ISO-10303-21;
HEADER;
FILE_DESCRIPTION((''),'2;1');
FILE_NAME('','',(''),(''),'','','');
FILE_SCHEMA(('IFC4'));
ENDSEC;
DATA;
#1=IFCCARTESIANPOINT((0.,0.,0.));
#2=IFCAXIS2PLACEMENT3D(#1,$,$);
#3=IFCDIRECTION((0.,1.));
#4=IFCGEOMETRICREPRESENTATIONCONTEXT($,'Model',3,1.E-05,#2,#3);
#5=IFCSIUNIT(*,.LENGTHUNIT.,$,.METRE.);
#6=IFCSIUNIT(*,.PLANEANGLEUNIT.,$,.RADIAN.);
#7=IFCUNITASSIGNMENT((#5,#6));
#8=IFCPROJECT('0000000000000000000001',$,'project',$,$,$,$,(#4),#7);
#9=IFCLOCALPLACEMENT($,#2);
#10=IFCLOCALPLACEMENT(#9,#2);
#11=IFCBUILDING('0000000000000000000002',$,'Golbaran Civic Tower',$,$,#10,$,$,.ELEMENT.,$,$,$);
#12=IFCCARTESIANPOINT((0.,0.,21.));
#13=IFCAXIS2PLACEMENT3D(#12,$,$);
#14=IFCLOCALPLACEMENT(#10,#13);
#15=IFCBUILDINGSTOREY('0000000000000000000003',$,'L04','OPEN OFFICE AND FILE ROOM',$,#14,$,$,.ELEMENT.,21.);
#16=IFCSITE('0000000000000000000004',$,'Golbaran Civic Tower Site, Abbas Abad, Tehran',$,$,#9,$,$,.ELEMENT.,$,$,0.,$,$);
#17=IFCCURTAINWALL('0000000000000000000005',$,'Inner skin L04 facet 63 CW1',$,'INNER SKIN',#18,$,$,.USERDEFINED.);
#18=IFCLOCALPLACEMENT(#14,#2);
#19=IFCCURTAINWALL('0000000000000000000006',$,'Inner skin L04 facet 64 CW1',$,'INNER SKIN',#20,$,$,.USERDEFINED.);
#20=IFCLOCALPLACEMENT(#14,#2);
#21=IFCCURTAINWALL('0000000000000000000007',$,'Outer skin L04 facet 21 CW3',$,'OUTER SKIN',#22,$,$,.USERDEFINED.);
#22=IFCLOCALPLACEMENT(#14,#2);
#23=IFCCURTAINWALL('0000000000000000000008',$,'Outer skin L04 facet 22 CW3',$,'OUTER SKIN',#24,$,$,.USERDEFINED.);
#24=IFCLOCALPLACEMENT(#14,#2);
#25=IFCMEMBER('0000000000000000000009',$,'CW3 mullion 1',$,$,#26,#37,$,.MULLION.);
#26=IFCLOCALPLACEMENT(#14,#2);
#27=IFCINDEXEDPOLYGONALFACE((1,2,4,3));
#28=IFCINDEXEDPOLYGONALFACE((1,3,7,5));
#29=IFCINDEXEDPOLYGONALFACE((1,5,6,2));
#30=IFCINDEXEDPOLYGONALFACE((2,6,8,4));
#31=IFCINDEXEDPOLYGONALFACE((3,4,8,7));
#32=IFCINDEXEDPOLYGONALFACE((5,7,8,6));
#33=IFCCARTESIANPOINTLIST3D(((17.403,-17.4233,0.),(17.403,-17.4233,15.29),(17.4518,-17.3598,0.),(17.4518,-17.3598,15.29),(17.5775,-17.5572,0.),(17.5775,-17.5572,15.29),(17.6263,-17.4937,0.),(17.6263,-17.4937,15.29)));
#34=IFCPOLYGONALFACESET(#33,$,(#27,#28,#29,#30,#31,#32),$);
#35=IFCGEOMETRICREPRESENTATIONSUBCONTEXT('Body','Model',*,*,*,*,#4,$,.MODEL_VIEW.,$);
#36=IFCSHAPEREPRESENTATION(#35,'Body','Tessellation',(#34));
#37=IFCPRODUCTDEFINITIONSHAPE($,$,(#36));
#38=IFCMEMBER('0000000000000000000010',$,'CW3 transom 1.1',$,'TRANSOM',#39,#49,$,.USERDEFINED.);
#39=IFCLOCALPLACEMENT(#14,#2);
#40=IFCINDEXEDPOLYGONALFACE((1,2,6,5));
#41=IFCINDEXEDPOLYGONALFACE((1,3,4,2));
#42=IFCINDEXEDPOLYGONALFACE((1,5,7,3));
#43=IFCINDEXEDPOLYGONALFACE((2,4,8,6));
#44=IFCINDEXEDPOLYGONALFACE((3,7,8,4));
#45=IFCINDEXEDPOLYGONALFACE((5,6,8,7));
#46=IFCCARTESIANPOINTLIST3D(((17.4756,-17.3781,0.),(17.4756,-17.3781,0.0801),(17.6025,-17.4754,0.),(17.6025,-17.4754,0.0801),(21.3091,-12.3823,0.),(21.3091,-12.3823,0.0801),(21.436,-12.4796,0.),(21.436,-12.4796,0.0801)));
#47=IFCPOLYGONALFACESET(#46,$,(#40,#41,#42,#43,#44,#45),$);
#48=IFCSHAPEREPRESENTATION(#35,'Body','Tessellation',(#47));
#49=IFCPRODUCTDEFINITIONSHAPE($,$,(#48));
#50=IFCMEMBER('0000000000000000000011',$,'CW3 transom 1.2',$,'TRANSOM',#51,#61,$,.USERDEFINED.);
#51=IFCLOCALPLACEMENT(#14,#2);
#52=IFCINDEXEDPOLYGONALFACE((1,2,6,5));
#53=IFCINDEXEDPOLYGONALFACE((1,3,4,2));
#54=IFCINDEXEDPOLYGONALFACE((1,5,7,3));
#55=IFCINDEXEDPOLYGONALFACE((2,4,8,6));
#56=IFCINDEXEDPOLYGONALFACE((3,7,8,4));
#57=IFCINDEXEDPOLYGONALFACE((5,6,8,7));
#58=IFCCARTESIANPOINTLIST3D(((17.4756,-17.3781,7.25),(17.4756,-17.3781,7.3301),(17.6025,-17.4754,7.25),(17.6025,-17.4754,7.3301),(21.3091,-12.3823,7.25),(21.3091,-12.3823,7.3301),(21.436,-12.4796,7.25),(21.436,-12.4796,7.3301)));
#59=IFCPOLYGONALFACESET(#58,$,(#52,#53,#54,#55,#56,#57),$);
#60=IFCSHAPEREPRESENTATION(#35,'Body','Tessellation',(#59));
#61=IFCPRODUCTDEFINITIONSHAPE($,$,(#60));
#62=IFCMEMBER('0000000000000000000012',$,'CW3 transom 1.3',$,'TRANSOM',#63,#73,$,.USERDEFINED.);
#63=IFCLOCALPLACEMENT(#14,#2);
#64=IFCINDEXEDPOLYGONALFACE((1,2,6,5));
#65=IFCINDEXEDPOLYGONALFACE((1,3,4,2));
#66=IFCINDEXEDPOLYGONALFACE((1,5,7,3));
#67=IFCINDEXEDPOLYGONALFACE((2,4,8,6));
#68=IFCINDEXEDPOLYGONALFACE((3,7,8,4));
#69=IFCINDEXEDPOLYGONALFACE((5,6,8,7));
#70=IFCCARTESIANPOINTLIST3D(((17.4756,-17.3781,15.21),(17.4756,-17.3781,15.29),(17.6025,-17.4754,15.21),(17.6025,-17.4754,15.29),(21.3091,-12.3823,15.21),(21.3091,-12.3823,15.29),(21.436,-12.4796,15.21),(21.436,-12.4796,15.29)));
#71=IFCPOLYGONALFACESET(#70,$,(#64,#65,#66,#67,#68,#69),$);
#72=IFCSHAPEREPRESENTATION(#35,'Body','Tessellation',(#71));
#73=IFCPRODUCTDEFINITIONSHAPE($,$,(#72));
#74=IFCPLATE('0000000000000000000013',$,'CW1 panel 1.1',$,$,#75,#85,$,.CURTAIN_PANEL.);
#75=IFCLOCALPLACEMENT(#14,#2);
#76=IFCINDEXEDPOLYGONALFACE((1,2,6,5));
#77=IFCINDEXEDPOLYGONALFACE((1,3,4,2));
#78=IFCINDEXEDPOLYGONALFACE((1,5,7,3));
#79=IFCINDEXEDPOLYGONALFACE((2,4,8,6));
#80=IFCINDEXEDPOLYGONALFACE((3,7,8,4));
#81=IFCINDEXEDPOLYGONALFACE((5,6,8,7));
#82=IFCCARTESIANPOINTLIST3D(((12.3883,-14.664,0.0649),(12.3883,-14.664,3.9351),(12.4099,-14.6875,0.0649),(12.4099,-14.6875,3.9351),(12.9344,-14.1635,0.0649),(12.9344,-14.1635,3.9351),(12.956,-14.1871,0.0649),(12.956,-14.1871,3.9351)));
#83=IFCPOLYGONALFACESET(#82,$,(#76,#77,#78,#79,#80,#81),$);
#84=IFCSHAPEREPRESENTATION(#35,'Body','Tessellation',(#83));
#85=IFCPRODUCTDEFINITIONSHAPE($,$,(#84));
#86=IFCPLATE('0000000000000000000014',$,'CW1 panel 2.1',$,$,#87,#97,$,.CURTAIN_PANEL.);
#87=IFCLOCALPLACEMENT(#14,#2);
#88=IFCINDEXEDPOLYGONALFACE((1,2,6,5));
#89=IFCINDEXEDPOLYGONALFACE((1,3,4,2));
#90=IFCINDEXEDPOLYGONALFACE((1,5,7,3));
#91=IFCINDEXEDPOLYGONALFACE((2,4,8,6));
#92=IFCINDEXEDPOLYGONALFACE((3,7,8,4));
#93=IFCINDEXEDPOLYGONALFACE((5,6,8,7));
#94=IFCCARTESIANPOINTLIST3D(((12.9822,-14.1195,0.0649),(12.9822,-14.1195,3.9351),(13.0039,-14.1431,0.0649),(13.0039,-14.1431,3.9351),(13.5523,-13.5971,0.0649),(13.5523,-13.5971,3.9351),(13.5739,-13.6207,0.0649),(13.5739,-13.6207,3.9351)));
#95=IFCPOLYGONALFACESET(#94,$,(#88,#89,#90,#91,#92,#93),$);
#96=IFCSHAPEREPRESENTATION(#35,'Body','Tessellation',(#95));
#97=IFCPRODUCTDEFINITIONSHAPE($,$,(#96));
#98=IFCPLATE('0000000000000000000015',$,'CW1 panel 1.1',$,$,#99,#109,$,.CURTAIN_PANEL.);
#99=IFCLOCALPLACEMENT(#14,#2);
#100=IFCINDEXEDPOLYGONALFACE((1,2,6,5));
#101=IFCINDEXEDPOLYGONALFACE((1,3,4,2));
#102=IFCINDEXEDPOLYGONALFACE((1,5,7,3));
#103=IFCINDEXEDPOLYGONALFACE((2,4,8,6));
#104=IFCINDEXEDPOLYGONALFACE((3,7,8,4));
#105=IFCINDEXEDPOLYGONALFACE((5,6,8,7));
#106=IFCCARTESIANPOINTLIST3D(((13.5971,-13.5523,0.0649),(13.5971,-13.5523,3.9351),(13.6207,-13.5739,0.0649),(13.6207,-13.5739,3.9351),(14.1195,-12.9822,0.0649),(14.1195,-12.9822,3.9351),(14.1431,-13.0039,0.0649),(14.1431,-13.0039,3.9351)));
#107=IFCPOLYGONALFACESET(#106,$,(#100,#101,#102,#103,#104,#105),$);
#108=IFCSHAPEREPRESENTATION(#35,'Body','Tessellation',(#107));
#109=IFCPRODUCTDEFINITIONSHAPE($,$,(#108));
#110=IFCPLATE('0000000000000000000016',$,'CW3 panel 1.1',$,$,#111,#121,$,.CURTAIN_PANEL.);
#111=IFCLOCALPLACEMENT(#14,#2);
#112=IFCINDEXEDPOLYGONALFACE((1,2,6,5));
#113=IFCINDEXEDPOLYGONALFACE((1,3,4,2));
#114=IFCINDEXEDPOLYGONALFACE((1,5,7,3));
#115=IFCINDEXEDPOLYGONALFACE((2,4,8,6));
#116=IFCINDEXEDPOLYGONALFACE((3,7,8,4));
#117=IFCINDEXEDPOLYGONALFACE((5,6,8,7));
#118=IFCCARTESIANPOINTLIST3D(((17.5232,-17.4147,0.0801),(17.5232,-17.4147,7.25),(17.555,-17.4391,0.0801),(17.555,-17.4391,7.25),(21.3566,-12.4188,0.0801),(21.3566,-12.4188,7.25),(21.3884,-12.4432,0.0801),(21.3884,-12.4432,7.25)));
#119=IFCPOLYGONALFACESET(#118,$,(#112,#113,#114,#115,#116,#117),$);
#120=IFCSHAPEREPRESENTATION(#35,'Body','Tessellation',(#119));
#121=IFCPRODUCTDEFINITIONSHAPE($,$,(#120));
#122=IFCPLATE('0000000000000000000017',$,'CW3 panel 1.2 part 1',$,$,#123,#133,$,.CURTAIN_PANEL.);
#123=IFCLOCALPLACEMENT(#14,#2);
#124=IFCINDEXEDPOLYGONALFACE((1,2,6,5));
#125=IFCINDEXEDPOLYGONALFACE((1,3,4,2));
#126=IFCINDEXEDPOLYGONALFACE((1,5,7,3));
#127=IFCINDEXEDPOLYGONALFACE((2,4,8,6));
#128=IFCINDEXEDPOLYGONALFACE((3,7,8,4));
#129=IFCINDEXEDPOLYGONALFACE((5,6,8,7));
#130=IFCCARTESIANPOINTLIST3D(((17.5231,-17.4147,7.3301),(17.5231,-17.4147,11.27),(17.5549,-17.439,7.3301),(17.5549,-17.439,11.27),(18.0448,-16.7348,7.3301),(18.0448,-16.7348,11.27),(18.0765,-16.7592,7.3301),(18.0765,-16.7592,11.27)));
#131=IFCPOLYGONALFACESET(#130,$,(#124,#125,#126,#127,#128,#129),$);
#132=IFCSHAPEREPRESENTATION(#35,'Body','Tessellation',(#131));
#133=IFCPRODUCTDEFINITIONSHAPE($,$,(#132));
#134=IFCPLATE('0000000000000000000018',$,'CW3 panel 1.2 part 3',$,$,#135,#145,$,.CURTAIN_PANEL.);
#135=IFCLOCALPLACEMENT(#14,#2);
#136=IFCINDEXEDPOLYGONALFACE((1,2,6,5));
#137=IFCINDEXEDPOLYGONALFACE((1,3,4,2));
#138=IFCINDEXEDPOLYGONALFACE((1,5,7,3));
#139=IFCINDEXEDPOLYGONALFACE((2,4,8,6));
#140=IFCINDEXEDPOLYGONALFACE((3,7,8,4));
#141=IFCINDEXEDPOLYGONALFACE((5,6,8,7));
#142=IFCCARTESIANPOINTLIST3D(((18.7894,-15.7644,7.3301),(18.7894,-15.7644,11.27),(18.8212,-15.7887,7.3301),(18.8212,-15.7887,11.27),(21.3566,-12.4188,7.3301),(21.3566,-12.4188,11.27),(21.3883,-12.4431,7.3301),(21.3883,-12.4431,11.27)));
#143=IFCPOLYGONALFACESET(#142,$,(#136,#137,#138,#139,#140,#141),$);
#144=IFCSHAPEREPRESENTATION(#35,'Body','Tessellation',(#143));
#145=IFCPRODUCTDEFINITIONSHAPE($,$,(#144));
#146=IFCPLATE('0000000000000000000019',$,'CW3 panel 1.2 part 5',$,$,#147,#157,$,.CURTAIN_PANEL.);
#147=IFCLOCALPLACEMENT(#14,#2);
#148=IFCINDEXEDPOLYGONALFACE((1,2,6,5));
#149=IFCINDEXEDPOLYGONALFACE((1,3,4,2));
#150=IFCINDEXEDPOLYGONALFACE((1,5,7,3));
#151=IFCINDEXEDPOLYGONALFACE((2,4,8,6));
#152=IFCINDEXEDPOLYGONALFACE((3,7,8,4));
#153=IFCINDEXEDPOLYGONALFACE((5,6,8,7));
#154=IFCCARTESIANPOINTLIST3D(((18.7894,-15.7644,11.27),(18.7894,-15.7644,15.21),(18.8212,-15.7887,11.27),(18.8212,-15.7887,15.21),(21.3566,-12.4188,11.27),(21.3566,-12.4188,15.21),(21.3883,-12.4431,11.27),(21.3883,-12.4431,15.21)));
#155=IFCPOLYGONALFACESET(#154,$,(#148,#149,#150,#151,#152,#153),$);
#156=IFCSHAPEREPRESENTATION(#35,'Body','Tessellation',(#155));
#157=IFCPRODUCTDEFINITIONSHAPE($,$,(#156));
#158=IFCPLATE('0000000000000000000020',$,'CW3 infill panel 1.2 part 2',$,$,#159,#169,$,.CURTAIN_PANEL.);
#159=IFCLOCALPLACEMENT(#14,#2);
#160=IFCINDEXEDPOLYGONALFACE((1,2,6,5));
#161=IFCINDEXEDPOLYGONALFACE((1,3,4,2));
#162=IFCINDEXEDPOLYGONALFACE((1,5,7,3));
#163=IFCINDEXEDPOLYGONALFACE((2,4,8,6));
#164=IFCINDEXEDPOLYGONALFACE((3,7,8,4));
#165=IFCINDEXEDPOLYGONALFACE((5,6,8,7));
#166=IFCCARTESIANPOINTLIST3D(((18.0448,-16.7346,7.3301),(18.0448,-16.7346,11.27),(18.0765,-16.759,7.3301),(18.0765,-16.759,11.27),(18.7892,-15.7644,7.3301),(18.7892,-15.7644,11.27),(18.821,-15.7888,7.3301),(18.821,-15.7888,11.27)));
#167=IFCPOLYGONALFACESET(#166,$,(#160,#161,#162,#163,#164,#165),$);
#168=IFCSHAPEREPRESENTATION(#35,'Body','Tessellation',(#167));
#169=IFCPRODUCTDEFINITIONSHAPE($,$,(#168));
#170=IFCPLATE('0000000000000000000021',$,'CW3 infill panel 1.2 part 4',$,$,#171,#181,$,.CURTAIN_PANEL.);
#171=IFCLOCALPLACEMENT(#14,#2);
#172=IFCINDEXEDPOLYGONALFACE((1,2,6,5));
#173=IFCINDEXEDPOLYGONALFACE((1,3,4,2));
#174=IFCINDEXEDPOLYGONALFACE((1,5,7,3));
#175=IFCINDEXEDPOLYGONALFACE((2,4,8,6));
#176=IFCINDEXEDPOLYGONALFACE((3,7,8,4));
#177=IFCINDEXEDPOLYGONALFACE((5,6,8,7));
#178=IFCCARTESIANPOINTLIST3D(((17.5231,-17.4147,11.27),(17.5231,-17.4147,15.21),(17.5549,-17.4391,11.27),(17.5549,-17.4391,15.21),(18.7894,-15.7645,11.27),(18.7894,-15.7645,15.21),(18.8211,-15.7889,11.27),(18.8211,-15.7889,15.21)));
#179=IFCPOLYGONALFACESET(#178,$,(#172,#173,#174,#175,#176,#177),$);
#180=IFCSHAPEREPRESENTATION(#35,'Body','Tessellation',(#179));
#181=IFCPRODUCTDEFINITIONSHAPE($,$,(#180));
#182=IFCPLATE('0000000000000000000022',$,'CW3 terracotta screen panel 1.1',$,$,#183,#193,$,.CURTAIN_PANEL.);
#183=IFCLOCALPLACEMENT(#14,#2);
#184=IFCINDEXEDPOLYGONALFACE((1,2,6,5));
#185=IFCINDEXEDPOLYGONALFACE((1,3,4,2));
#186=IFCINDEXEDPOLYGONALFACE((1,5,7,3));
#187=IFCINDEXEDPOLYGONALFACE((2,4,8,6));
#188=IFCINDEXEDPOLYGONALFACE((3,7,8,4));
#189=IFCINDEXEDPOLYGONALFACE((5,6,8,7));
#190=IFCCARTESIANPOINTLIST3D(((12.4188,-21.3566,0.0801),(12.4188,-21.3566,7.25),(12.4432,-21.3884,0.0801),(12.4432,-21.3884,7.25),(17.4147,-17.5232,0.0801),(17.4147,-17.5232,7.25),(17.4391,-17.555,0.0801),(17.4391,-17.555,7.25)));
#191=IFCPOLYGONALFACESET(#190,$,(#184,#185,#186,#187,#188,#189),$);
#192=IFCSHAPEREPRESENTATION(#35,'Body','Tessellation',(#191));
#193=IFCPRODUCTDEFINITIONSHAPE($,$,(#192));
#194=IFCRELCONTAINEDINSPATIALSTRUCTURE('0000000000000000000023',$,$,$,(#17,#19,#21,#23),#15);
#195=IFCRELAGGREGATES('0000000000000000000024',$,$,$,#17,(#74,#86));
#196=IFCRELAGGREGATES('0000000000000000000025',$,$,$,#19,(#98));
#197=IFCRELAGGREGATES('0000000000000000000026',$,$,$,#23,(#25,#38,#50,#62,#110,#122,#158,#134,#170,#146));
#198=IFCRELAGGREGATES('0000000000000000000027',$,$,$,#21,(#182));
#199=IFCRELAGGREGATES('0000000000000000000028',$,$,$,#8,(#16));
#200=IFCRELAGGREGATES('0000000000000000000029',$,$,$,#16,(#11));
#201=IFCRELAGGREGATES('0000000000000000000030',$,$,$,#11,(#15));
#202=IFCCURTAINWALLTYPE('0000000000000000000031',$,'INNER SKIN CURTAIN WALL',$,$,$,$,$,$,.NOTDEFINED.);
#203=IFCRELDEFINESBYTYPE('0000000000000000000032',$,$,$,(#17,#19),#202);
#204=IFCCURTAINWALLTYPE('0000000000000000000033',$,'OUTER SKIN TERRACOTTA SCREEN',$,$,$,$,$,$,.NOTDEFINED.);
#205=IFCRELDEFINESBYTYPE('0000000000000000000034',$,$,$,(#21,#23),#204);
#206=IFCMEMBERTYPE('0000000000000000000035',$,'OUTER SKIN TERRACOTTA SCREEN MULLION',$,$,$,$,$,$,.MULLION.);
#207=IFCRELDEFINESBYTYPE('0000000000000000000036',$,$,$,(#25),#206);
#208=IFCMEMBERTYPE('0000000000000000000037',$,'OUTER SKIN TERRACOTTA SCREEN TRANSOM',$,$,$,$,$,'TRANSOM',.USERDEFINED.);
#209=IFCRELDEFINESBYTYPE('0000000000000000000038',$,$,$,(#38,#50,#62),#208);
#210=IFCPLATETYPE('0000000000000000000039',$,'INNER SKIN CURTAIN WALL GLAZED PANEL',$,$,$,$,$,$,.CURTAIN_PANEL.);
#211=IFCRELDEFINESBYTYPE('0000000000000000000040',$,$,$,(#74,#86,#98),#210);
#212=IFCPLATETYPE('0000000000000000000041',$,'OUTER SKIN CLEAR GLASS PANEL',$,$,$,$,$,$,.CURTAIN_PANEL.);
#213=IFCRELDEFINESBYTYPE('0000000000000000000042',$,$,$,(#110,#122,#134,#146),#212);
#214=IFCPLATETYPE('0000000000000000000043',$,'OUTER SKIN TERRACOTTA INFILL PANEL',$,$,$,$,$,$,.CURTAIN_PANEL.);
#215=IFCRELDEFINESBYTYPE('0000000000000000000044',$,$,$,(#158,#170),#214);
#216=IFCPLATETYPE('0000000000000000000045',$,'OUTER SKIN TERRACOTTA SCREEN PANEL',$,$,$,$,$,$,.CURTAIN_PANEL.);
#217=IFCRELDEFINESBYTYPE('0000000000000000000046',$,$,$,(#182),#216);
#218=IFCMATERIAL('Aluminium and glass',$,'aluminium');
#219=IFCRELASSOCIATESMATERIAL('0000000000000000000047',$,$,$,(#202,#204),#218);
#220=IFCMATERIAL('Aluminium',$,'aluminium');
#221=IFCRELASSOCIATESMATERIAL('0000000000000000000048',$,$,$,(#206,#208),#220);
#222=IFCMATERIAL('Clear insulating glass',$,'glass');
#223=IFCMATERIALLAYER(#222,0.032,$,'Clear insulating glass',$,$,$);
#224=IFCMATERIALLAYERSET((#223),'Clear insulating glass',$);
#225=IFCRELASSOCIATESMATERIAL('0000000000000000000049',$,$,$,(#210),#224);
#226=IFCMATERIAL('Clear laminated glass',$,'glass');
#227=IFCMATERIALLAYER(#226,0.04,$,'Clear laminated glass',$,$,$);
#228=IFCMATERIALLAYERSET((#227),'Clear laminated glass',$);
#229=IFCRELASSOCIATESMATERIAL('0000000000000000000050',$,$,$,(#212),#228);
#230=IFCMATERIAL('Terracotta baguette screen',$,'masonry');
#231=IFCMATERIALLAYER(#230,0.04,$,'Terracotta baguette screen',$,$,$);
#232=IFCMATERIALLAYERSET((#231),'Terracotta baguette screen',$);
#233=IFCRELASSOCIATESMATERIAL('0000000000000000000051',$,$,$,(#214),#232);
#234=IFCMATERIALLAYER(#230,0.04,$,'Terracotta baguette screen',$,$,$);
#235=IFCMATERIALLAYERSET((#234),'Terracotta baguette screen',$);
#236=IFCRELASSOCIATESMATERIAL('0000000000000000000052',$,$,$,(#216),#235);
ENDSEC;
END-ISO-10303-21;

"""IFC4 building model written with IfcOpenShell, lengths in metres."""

from ifc_helpers import new_model, si_unit, direction, frame, origin, origin_2d, place, context, subcontext, project, spatial, rectangle, extrude, material, layer, layer_set, material_profile, profile_set, type_object, element, aggregate, save


model = new_model("IFC4")

# Units and contexts
model_context = context("Model", 3, precision=1e-05, world=origin(), true_north=direction((0.0, 1.0)))
body_context = subcontext(model_context, "Body", "Model", "MODEL_VIEW")
ifc_project = project(units=[si_unit("LENGTHUNIT", "METRE"), si_unit("PLANEANGLEUNIT", "RADIAN")], contexts=[model_context])

# Site, building, storey
site_placement = place(None, origin())
site = spatial("IfcSite", under=ifc_project, at=site_placement, Name="Golbaran Civic Tower Site, Abbas Abad, Tehran", CompositionType="ELEMENT", RefElevation=0.0)
building_placement = place(site_placement, origin())
building = spatial("IfcBuilding", under=site, at=building_placement, Name="Golbaran Civic Tower", CompositionType="ELEMENT")
storey_placement = place(building_placement, frame((0.0, 0.0, 21.0)))
storey = spatial("IfcBuildingStorey", under=building, at=storey_placement, Name="L04", Description="OPEN OFFICE AND FILE ROOM", CompositionType="ELEMENT", Elevation=21.0)

# Shared definitions
ifc_material_1 = material(Name="Aluminium and glass", Category="aluminium")
curtain_wall_type_1 = type_object("IfcCurtainWallType", Name="INNER SKIN CURTAIN WALL", PredefinedType="NOTDEFINED", material=ifc_material_1)
ifc_material_2 = material(Name="Aluminium", Category="aluminium")

# Curtain wall
curtain_wall_1_placement = place(storey_placement, origin())
curtain_wall_1 = element("IfcCurtainWall", 1, at=curtain_wall_1_placement, inside=storey, type_object=curtain_wall_type_1, Name="Inner skin L04 facet 63 CW1", ObjectType="INNER SKIN", PredefinedType="USERDEFINED")

# Curtain wall
curtain_wall_2_placement = place(storey_placement, origin())
curtain_wall_2 = element("IfcCurtainWall", 2, at=curtain_wall_2_placement, inside=storey, type_object=curtain_wall_type_1, Name="Inner skin L04 facet 64 CW1", ObjectType="INNER SKIN", PredefinedType="USERDEFINED")

# Curtain wall
curtain_wall_type_2 = type_object("IfcCurtainWallType", Name="OUTER SKIN TERRACOTTA SCREEN", PredefinedType="NOTDEFINED", material=ifc_material_1)
curtain_wall_3_placement = place(storey_placement, origin())
curtain_wall_3 = element("IfcCurtainWall", 3, at=curtain_wall_3_placement, inside=storey, type_object=curtain_wall_type_2, Name="Outer skin L04 facet 21 CW3", ObjectType="OUTER SKIN", PredefinedType="USERDEFINED")
ifc_material_profile_1 = material_profile(ifc_material_2, rectangle(XDim=0.22, YDim=0.0801, at=origin_2d()), Name="OUTER SKIN TERRACOTTA SCREEN MULLION")
ifc_profile_set_1 = profile_set([ifc_material_profile_1], Name="Aluminium")
member_type_1 = type_object("IfcMemberType", Name="OUTER SKIN TERRACOTTA SCREEN MULLION", PredefinedType="MULLION", material=ifc_profile_set_1)

# Curtain wall, members
curtain_wall_4_placement = place(storey_placement, origin())
curtain_wall_4 = element("IfcCurtainWall", 4, at=curtain_wall_4_placement, inside=storey, type_object=curtain_wall_type_2, Name="Outer skin L04 facet 22 CW3", ObjectType="OUTER SKIN", PredefinedType="USERDEFINED")
member_1_placement = place(storey_placement, frame((17.5146, -17.4585, 0.0), z_axis=(0.0, 0.0, 1.0), x_axis=(-0.793353, 0.608761, 0.0)))
member_1 = element("IfcMember", 5, at=member_1_placement, type_object=member_type_1, Name="CW3 mullion 1", PredefinedType="MULLION", context=body_context, shape_type="SweptSolid", body=[
    extrude(rectangle(XDim=0.22, YDim=0.0801, at=origin_2d()), origin(), (0.0, 0.0, 1.0), 15.29),
])
ifc_material_profile_2 = material_profile(ifc_material_2, rectangle(XDim=0.1599, YDim=0.0801, at=origin_2d()), Name="OUTER SKIN TERRACOTTA SCREEN TRANSOM")
ifc_profile_set_2 = profile_set([ifc_material_profile_2], Name="Aluminium")
member_type_2 = type_object("IfcMemberType", Name="OUTER SKIN TERRACOTTA SCREEN TRANSOM", ElementType="TRANSOM", PredefinedType="USERDEFINED", material=ifc_profile_set_2)
member_2_placement = place(storey_placement, frame((17.5391, -17.4268, 0.04), z_axis=(0.608766, 0.79335, 0.0), x_axis=(-0.79335, 0.608766, 0.0)))
member_2 = element("IfcMember", 6, at=member_2_placement, type_object=member_type_2, Name="CW3 transom 1.1", ObjectType="TRANSOM", PredefinedType="USERDEFINED", context=body_context, shape_type="SweptSolid", body=[
    extrude(rectangle(XDim=0.1599, YDim=0.0801, at=origin_2d()), origin(), (0.0, 0.0, 1.0), 6.2971),
])
member_3_placement = place(storey_placement, frame((17.5391, -17.4268, 7.29), z_axis=(0.608766, 0.79335, 0.0), x_axis=(-0.79335, 0.608766, 0.0)))
member_3 = element("IfcMember", 7, at=member_3_placement, type_object=member_type_2, Name="CW3 transom 1.2", ObjectType="TRANSOM", PredefinedType="USERDEFINED", context=body_context, shape_type="SweptSolid", body=[
    extrude(rectangle(XDim=0.1599, YDim=0.0801, at=origin_2d()), origin(), (0.0, 0.0, 1.0), 6.2971),
])
member_4_placement = place(storey_placement, frame((17.5391, -17.4268, 15.25), z_axis=(0.608766, 0.79335, 0.0), x_axis=(-0.79335, 0.608766, 0.0)))
member_4 = element("IfcMember", 8, at=member_4_placement, type_object=member_type_2, Name="CW3 transom 1.3", ObjectType="TRANSOM", PredefinedType="USERDEFINED", context=body_context, shape_type="SweptSolid", body=[
    extrude(rectangle(XDim=0.1599, YDim=0.0801, at=origin_2d()), origin(), (0.0, 0.0, 1.0), 6.2971),
])

# Plates
ifc_material_3 = material(Name="Clear insulating glass", Category="glass")
ifc_layer_1 = layer(ifc_material_3, 0.032, Name="Clear insulating glass")
ifc_layer_set_1 = layer_set([ifc_layer_1], Name="Clear insulating glass")
plate_type_1 = type_object("IfcPlateType", Name="INNER SKIN CURTAIN WALL GLAZED PANEL", PredefinedType="CURTAIN_PANEL", material=ifc_layer_set_1)
plate_1_placement = place(storey_placement, frame((12.6721, -14.4255, 0.0649), z_axis=(0.0, 0.0, 1.0), x_axis=(0.737277, 0.67559, 0.0)))
plate_1 = element("IfcPlate", 9, at=plate_1_placement, type_object=plate_type_1, Name="CW1 panel 1.1", PredefinedType="CURTAIN_PANEL", context=body_context, shape_type="SweptSolid", body=[
    extrude(rectangle(XDim=0.7407, YDim=0.032, at=origin_2d()), origin(), (0.0, 0.0, 1.0), 3.8701),
])
plate_2_placement = place(storey_placement, frame((13.2781, -13.8701, 0.0649), z_axis=(0.0, 0.0, 1.0), x_axis=(0.737277, 0.67559, 0.0)))
plate_2 = element("IfcPlate", 10, at=plate_2_placement, type_object=plate_type_1, Name="CW1 panel 2.1", PredefinedType="CURTAIN_PANEL", context=body_context, shape_type="SweptSolid", body=[
    extrude(rectangle(XDim=0.7732, YDim=0.032, at=origin_2d()), origin(), (0.0, 0.0, 1.0), 3.8701),
])
aggregate(curtain_wall_1, [plate_1, plate_2])
plate_3_placement = place(storey_placement, frame((13.8701, -13.2781, 0.0649), z_axis=(0.0, 0.0, 1.0), x_axis=(0.67559, 0.737277, 0.0)))
plate_3 = element("IfcPlate", 11, at=plate_3_placement, type_object=plate_type_1, Name="CW1 panel 1.1", PredefinedType="CURTAIN_PANEL", context=body_context, shape_type="SweptSolid", body=[
    extrude(rectangle(XDim=0.7732, YDim=0.032, at=origin_2d()), origin(), (0.0, 0.0, 1.0), 3.8701),
])
aggregate(curtain_wall_2, [plate_3])
ifc_material_4 = material(Name="Clear laminated glass", Category="glass")
ifc_layer_2 = layer(ifc_material_4, 0.04, Name="Clear laminated glass")
ifc_layer_set_2 = layer_set([ifc_layer_2], Name="Clear laminated glass")
plate_type_2 = type_object("IfcPlateType", Name="OUTER SKIN CLEAR GLASS PANEL", PredefinedType="CURTAIN_PANEL", material=ifc_layer_set_2)
plate_4_placement = place(storey_placement, frame((19.4558, -14.929, 0.0801), z_axis=(0.0, 0.0, 1.0), x_axis=(0.608761, 0.793353, 0.0)))
plate_4 = element("IfcPlate", 12, at=plate_4_placement, type_object=plate_type_2, Name="CW3 panel 1.1", PredefinedType="CURTAIN_PANEL", context=body_context, shape_type="SweptSolid", body=[
    extrude(rectangle(XDim=6.2971, YDim=0.04, at=origin_2d()), origin(), (0.0, 0.0, 1.0), 7.1699),
])
plate_5_placement = place(storey_placement, frame((17.7998, -17.0869, 7.3301), z_axis=(0.0, 0.0, 1.0), x_axis=(0.608761, 0.793353, 0.0)))
plate_5 = element("IfcPlate", 13, at=plate_5_placement, type_object=plate_type_2, Name="CW3 panel 1.2 part 1", PredefinedType="CURTAIN_PANEL", context=body_context, shape_type="SweptSolid", body=[
    extrude(rectangle(XDim=0.8569, YDim=0.04, at=origin_2d()), origin(), (0.0, 0.0, 1.0), 3.9399),
])
plate_6_placement = place(storey_placement, frame((20.0889, -14.1038, 7.3301), z_axis=(0.0, 0.0, 1.0), x_axis=(0.608761, 0.793353, 0.0)))
plate_6 = element("IfcPlate", 14, at=plate_6_placement, type_object=plate_type_2, Name="CW3 panel 1.2 part 3", PredefinedType="CURTAIN_PANEL", context=body_context, shape_type="SweptSolid", body=[
    extrude(rectangle(XDim=4.217, YDim=0.04, at=origin_2d()), origin(), (0.0, 0.0, 1.0), 3.9399),
])
plate_7_placement = place(storey_placement, frame((20.0889, -14.1038, 11.27), z_axis=(0.0, 0.0, 1.0), x_axis=(0.608761, 0.793353, 0.0)))
plate_7 = element("IfcPlate", 15, at=plate_7_placement, type_object=plate_type_2, Name="CW3 panel 1.2 part 5", PredefinedType="CURTAIN_PANEL", context=body_context, shape_type="SweptSolid", body=[
    extrude(rectangle(XDim=4.217, YDim=0.04, at=origin_2d()), origin(), (0.0, 0.0, 1.0), 3.9399),
])
ifc_material_5 = material(Name="Terracotta baguette screen", Category="masonry")
ifc_layer_3 = layer(ifc_material_5, 0.04, Name="Terracotta baguette screen")
ifc_layer_set_3 = layer_set([ifc_layer_3], Name="Terracotta baguette screen")
plate_type_3 = type_object("IfcPlateType", Name="OUTER SKIN TERRACOTTA INFILL PANEL", PredefinedType="CURTAIN_PANEL", material=ifc_layer_set_3)
plate_8_placement = place(storey_placement, frame((18.4329, -16.2617, 7.3301), z_axis=(0.0, 0.0, 1.0), x_axis=(0.608761, 0.793353, 0.0)))
plate_8 = element("IfcPlate", 16, at=plate_8_placement, type_object=plate_type_3, Name="CW3 infill panel 1.2 part 2", PredefinedType="CURTAIN_PANEL", context=body_context, shape_type="SweptSolid", body=[
    extrude(rectangle(XDim=1.2229, YDim=0.04, at=origin_2d()), origin(), (0.0, 0.0, 1.0), 3.9399),
])
plate_9_placement = place(storey_placement, frame((18.1721, -16.6018, 11.27), z_axis=(0.0, 0.0, 1.0), x_axis=(0.608761, 0.793353, 0.0)))
plate_9 = element("IfcPlate", 17, at=plate_9_placement, type_object=plate_type_3, Name="CW3 infill panel 1.2 part 4", PredefinedType="CURTAIN_PANEL", context=body_context, shape_type="SweptSolid", body=[
    extrude(rectangle(XDim=2.0801, YDim=0.04, at=origin_2d()), origin(), (0.0, 0.0, 1.0), 3.9399),
])
aggregate(curtain_wall_4, [member_1, member_2, member_3, member_4, plate_4, plate_5, plate_8, plate_6, plate_9, plate_7])
ifc_layer_4 = layer(ifc_material_5, 0.04, Name="Terracotta baguette screen")
ifc_layer_set_4 = layer_set([ifc_layer_4], Name="Terracotta baguette screen")
plate_type_4 = type_object("IfcPlateType", Name="OUTER SKIN TERRACOTTA SCREEN PANEL", PredefinedType="CURTAIN_PANEL", material=ifc_layer_set_4)
plate_10_placement = place(storey_placement, frame((14.929, -19.4558, 0.0801), z_axis=(0.0, 0.0, 1.0), x_axis=(0.793353, 0.608761, 0.0)))
plate_10 = element("IfcPlate", 18, at=plate_10_placement, type_object=plate_type_4, Name="CW3 terracotta screen panel 1.1", PredefinedType="CURTAIN_PANEL", context=body_context, shape_type="SweptSolid", body=[
    extrude(rectangle(XDim=6.2971, YDim=0.04, at=origin_2d()), origin(), (0.0, 0.0, 1.0), 7.1699),
])
aggregate(curtain_wall_3, [plate_10])

save(model, "model.ifc")
